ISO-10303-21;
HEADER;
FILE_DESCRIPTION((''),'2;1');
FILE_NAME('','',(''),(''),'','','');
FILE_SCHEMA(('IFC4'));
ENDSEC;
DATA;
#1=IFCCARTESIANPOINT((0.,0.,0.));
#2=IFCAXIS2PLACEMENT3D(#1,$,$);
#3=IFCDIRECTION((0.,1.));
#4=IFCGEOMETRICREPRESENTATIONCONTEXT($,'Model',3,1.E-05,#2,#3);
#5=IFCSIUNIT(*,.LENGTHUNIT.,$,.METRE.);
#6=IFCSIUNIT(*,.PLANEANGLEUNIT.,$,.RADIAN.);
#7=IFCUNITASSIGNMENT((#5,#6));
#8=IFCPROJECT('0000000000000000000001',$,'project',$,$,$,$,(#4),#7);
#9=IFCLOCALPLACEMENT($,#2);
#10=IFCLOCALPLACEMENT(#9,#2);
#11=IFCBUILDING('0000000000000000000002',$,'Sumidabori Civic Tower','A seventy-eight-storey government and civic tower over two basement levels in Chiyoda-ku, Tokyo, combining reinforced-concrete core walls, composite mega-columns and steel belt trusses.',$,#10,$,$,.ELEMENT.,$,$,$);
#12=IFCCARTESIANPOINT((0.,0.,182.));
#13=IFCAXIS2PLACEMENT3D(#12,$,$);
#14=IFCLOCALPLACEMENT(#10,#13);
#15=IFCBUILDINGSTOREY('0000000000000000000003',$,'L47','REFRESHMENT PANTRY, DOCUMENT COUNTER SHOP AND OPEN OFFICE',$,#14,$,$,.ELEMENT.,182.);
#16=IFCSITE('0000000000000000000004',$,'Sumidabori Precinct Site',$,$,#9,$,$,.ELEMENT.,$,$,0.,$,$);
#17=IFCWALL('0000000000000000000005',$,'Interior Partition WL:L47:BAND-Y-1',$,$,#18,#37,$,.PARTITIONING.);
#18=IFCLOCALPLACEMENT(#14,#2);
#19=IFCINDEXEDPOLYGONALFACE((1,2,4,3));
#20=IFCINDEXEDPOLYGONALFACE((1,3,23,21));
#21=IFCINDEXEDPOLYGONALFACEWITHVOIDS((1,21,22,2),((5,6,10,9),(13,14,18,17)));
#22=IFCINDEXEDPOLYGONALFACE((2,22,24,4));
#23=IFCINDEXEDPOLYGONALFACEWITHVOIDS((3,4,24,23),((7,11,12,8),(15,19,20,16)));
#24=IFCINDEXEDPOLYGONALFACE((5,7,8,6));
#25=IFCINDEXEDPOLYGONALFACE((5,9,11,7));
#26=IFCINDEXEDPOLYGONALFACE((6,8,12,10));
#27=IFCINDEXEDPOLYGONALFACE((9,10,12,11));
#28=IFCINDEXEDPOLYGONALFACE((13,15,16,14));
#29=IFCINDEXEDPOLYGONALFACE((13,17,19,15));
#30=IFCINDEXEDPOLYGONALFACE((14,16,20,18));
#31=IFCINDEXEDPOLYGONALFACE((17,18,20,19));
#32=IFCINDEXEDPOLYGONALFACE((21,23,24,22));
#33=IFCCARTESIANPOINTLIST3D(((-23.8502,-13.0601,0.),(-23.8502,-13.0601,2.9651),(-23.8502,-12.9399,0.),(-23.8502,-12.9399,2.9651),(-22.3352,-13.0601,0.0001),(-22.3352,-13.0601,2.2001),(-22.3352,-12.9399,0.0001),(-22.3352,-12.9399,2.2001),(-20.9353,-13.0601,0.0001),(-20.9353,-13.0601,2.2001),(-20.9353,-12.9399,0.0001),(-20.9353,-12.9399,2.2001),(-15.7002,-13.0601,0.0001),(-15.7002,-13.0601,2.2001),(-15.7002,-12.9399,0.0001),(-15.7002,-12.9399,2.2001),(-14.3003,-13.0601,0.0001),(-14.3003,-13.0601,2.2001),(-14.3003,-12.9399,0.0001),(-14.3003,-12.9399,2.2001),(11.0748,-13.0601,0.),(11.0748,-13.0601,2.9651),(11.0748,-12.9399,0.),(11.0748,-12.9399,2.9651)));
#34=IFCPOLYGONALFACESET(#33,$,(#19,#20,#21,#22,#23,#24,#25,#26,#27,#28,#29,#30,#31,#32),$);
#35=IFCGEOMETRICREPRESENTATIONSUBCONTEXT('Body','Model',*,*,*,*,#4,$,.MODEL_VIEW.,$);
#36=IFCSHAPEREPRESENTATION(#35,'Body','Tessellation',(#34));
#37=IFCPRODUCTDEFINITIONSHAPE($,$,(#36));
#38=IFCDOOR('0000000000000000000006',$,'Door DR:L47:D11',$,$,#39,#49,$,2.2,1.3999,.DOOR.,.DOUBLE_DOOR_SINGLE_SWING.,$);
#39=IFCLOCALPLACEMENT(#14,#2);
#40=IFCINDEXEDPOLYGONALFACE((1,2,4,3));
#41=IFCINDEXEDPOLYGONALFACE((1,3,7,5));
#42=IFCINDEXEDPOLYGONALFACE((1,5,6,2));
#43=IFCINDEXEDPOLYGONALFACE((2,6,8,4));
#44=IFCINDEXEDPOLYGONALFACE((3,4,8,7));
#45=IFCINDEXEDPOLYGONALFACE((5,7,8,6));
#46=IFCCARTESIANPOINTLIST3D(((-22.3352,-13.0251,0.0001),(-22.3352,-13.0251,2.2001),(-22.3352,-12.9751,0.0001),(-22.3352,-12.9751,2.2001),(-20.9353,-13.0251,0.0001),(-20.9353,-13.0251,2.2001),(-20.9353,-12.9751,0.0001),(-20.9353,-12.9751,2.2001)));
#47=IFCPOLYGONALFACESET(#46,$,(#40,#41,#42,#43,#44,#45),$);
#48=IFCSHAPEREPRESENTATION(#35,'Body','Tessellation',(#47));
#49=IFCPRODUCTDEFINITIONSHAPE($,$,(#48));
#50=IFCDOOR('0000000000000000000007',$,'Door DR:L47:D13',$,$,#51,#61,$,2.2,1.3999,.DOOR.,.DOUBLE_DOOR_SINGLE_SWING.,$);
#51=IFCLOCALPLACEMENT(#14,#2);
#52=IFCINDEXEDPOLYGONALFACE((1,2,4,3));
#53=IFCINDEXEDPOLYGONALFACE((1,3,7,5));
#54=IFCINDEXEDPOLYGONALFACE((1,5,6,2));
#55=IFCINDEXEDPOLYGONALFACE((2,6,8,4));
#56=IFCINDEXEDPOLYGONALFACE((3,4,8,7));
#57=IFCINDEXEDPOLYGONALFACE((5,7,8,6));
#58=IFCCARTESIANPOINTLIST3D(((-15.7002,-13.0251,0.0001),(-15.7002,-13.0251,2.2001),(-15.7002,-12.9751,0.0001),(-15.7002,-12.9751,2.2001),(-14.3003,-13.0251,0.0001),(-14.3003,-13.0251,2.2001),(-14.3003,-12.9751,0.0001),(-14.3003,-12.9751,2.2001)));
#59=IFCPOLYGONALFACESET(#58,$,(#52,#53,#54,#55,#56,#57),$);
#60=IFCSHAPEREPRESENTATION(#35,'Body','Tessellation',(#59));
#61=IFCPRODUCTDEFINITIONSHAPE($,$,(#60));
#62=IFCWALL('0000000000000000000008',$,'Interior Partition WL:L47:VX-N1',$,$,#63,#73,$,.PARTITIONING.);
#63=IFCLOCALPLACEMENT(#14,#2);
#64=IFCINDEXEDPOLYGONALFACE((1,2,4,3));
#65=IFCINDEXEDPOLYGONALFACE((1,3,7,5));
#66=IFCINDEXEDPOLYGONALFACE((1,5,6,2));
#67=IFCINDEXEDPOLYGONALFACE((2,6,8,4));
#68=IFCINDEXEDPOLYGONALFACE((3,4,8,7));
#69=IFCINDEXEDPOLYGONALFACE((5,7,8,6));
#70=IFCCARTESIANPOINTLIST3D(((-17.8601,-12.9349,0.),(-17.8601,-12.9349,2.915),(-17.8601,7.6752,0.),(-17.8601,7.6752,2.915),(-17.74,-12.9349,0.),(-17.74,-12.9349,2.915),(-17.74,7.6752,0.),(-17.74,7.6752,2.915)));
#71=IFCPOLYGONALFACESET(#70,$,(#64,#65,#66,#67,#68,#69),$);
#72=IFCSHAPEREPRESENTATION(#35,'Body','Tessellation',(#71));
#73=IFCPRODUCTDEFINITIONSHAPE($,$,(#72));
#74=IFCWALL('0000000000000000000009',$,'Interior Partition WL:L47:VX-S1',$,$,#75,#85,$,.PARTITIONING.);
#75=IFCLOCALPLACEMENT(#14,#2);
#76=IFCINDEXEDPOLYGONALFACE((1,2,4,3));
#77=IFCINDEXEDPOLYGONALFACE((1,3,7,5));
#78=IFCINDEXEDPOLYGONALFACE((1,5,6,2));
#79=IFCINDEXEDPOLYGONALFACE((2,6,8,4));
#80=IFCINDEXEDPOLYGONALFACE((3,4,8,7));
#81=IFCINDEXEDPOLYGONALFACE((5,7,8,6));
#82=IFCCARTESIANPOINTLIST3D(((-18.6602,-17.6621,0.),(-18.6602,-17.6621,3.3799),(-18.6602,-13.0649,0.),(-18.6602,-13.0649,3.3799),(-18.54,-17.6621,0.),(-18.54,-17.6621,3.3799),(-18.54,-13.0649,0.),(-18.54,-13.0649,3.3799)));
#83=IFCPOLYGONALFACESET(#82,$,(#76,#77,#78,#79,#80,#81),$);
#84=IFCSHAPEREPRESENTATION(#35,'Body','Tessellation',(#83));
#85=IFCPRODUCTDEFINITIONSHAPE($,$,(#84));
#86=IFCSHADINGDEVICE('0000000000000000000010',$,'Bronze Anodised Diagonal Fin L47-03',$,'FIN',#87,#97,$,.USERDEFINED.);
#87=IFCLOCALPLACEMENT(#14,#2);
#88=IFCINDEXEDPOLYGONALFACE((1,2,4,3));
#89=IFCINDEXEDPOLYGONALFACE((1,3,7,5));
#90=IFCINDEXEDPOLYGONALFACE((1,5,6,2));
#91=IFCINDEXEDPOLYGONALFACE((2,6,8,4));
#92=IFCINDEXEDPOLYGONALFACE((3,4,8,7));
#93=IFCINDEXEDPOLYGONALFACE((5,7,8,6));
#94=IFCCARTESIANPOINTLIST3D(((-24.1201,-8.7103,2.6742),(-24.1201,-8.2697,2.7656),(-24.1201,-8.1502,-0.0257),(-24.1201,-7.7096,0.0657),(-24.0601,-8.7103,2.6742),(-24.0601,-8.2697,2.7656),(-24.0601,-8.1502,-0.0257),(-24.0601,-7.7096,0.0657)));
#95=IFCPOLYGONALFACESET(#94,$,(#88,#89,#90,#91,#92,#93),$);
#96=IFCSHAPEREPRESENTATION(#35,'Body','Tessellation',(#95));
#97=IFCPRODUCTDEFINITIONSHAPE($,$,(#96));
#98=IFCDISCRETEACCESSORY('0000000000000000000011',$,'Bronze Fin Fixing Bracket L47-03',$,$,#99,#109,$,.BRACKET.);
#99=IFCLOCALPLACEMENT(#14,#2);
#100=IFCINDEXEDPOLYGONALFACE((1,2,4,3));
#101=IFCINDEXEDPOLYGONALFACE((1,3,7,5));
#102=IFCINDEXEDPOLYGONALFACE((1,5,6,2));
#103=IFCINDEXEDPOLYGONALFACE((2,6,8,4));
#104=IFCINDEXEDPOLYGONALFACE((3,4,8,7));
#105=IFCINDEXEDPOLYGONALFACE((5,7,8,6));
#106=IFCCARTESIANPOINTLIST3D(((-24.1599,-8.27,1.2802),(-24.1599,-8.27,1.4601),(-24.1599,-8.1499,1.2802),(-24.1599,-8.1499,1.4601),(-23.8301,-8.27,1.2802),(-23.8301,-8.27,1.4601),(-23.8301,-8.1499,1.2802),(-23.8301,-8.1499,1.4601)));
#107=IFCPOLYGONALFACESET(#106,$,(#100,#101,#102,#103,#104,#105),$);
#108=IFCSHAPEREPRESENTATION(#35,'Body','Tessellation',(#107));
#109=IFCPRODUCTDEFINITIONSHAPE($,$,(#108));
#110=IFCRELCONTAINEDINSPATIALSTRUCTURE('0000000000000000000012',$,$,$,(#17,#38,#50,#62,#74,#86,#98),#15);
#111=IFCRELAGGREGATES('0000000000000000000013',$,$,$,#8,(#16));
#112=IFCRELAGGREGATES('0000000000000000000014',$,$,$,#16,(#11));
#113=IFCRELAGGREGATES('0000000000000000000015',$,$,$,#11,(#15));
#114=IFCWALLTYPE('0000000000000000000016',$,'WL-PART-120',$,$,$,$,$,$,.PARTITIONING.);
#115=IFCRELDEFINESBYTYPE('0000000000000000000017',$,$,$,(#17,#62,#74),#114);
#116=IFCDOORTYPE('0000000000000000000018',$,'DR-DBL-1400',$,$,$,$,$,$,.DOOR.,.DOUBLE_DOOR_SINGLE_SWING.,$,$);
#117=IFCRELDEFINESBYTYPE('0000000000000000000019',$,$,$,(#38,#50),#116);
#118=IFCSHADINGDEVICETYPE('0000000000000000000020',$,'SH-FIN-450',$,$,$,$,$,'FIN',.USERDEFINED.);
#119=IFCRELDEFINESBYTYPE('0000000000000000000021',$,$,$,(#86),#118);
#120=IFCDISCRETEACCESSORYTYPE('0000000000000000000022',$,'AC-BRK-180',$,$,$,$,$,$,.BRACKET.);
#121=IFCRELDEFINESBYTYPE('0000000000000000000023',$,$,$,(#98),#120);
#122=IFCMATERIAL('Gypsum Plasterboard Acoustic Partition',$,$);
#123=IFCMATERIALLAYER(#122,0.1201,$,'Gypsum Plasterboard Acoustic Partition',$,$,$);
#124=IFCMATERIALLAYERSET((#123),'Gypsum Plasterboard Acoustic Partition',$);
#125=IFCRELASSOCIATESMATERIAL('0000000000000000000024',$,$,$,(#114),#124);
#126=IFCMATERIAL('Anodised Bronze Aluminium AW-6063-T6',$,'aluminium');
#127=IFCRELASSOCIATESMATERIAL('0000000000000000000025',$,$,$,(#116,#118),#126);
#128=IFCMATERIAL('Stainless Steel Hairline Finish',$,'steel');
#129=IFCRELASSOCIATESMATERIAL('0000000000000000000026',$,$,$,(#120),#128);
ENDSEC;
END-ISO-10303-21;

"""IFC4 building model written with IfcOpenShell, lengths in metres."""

from ifc_helpers import new_model, si_unit, direction, frame, frame_2d, origin, origin_2d, place, context, subcontext, project, spatial, rectangle, extrude, source, transform, mapped, material, layer, layer_set, material_profile, profile_set, type_object, element, fill, save


model = new_model("IFC4")

# Units and contexts
model_context = context("Model", 3, precision=1e-05, world=origin(), true_north=direction((0.0, 1.0)))
body_context = subcontext(model_context, "Body", "Model", "MODEL_VIEW")
ifc_project = project(units=[si_unit("LENGTHUNIT", "METRE"), si_unit("PLANEANGLEUNIT", "RADIAN")], contexts=[model_context])

# Site, building, storey
site_placement = place(None, origin())
site = spatial("IfcSite", under=ifc_project, at=site_placement, Name="Sumidabori Precinct Site", CompositionType="ELEMENT", RefElevation=0.0)
building_placement = place(site_placement, origin())
building = spatial("IfcBuilding", under=site, at=building_placement, Name="Sumidabori Civic Tower", Description="A seventy-eight-storey government and civic tower over two basement levels in Chiyoda-ku, Tokyo, combining reinforced-concrete core walls, composite mega-columns and steel belt trusses.", CompositionType="ELEMENT")
storey_placement = place(building_placement, frame((0.0, 0.0, 182.0)))
storey = spatial("IfcBuildingStorey", under=building, at=storey_placement, Name="L47", Description="REFRESHMENT PANTRY, DOCUMENT COUNTER SHOP AND OPEN OFFICE", CompositionType="ELEMENT", Elevation=182.0)

# Shared definitions
ifc_material_1 = material(Name="Anodised Bronze Aluminium AW-6063-T6", Category="aluminium")

# Wall, openings, doors
ifc_material_2 = material(Name="Gypsum Plasterboard Acoustic Partition")
ifc_layer_1 = layer(ifc_material_2, 0.1201, Name="Gypsum Plasterboard Acoustic Partition")
ifc_layer_set_1 = layer_set([ifc_layer_1], Name="Gypsum Plasterboard Acoustic Partition")
wall_type_1 = type_object("IfcWallType", Name="WL-PART-120", PredefinedType="PARTITIONING", material=ifc_layer_set_1)
shared_shape_1 = source(origin(), body_context, "Body", "SweptSolid", [
    extrude(rectangle(XDim=34.925, YDim=0.1201, at=frame_2d((17.4624, 0.0))), origin(), (0.0, 0.0, 1.0), 2.9651),
])
wall_1_placement = place(storey_placement, frame((-23.8501, -13.0, 0.0), z_axis=(0.0, 0.0, 1.0), x_axis=(1.0, 0.0, 0.0)))
wall_1 = element("IfcWall", 1, at=wall_1_placement, inside=storey, type_object=wall_type_1, Name="Interior Partition WL:L47:BAND-Y-1", PredefinedType="PARTITIONING", context=body_context, shape_type="MappedRepresentation", body=[
    mapped(shared_shape_1, transform((0.0, 0.0, 0.0), x_axis=(1.0, 0.0, 0.0), y_axis=(0.0, 1.0, 0.0), z_axis=(0.0, 0.0, 1.0), scale=1.0)),
])
opening_1_placement = place(wall_1_placement, frame((1.5149, 0.0, 0.0)))
opening_1 = element("IfcOpeningElement", 2, at=opening_1_placement, cuts=wall_1, PredefinedType="OPENING", context=body_context, shape_type="SweptSolid", body=[
    extrude(rectangle(XDim=1.3999, YDim=2.2, at=frame_2d((0.7, 1.1001))), frame((0.0, 0.072, 0.0), z_axis=(0.0, -1.0, 0.0), x_axis=(1.0, 0.0, 0.0)), (0.0, 0.0, 1.0), 0.144),
])
opening_2_placement = place(wall_1_placement, frame((8.1499, 0.0, 0.0)))
opening_2 = element("IfcOpeningElement", 3, at=opening_2_placement, cuts=wall_1, PredefinedType="OPENING", context=body_context, shape_type="SweptSolid", body=[
    extrude(rectangle(XDim=1.3999, YDim=2.2, at=frame_2d((0.7, 1.1001))), frame((0.0, 0.072, 0.0), z_axis=(0.0, -1.0, 0.0), x_axis=(1.0, 0.0, 0.0)), (0.0, 0.0, 1.0), 0.144),
])
door_type = type_object("IfcDoorType", Name="DR-DBL-1400", OperationType="DOUBLE_DOOR_SINGLE_SWING", PredefinedType="DOOR", material=ifc_material_1)
shared_shape_2 = source(origin(), body_context, "Body", "SweptSolid", [
    extrude(rectangle(XDim=1.3999, YDim=2.2, at=frame_2d((0.7, 1.1001))), frame((0.0, 0.0249, 0.0), z_axis=(0.0, -1.0, 0.0), x_axis=(1.0, 0.0, 0.0)), (0.0, 0.0, 1.0), 0.05),
])
door_1_placement = place(opening_1_placement, origin())
door_1 = element("IfcDoor", 4, at=door_1_placement, inside=storey, type_object=door_type, Name="Door DR:L47:D11", OperationType="DOUBLE_DOOR_SINGLE_SWING", OverallHeight=2.2, OverallWidth=1.3999, PredefinedType="DOOR", context=body_context, shape_type="MappedRepresentation", body=[
    mapped(shared_shape_2, transform((0.0, 0.0, 0.0), x_axis=(1.0, 0.0, 0.0), y_axis=(0.0, 1.0, 0.0), z_axis=(0.0, 0.0, 1.0), scale=1.0)),
])
fill(opening_1, door_1)
door_2_placement = place(opening_2_placement, origin())
door_2 = element("IfcDoor", 5, at=door_2_placement, inside=storey, type_object=door_type, Name="Door DR:L47:D13", OperationType="DOUBLE_DOOR_SINGLE_SWING", OverallHeight=2.2, OverallWidth=1.3999, PredefinedType="DOOR", context=body_context, shape_type="MappedRepresentation", body=[
    mapped(shared_shape_2, transform((0.0, 0.0, 0.0), x_axis=(1.0, 0.0, 0.0), y_axis=(0.0, 1.0, 0.0), z_axis=(0.0, 0.0, 1.0), scale=1.0)),
])
fill(opening_2, door_2)

# Walls
shared_shape_3 = source(origin(), body_context, "Body", "SweptSolid", [
    extrude(rectangle(XDim=20.6101, YDim=0.1201, at=frame_2d((10.3052, 0.0))), origin(), (0.0, 0.0, 1.0), 2.915),
])
wall_2_placement = place(storey_placement, frame((-17.8, -12.9351, 0.0), z_axis=(0.0, 0.0, 1.0), x_axis=(0.0, 1.0, 0.0)))
element("IfcWall", 6, at=wall_2_placement, inside=storey, type_object=wall_type_1, Name="Interior Partition WL:L47:VX-N1", PredefinedType="PARTITIONING", context=body_context, shape_type="MappedRepresentation", body=[
    mapped(shared_shape_3, transform((0.0, 0.0, 0.0), x_axis=(1.0, 0.0, 0.0), y_axis=(0.0, 1.0, 0.0), z_axis=(0.0, 0.0, 1.0), scale=1.0)),
])
shared_shape_4 = source(origin(), body_context, "Body", "SweptSolid", [
    extrude(rectangle(XDim=4.5972, YDim=0.1201, at=frame_2d((2.2986, 0.0))), origin(), (0.0, 0.0, 1.0), 3.3799),
])
wall_3_placement = place(storey_placement, frame((-18.6001, -17.6621, 0.0), z_axis=(0.0, 0.0, 1.0), x_axis=(0.0, 1.0, 0.0)))
element("IfcWall", 7, at=wall_3_placement, inside=storey, type_object=wall_type_1, Name="Interior Partition WL:L47:VX-S1", PredefinedType="PARTITIONING", context=body_context, shape_type="MappedRepresentation", body=[
    mapped(shared_shape_4, transform((0.0, 0.0, 0.0), x_axis=(1.0, 0.0, 0.0), y_axis=(0.0, 1.0, 0.0), z_axis=(0.0, 0.0, 1.0), scale=1.0)),
])

# Shading device
ifc_material_profile_1 = material_profile(ifc_material_1, rectangle(XDim=0.0601, YDim=0.45, at=origin_2d()), Name="BRONZE FIN 450x60")
ifc_profile_set_1 = profile_set([ifc_material_profile_1], Name="Anodised Bronze Aluminium AW-6063-T6")
shading_device_type = type_object("IfcShadingDeviceType", Name="SH-FIN-450", ElementType="FIN", PredefinedType="USERDEFINED", material=ifc_profile_set_1)
shared_shape_5 = source(origin(), body_context, "Body", "SweptSolid", [
    extrude(rectangle(XDim=0.0601, YDim=0.45, at=origin_2d()), origin(), (0.0, 0.0, 1.0), 2.7573),
])
shading_device_placement = place(storey_placement, frame((-24.0901, -7.9299, 0.02), z_axis=(0.0, -0.203109, 0.979156), x_axis=(-1.0, 0.0, 0.0)))
element("IfcShadingDevice", 8, at=shading_device_placement, inside=storey, type_object=shading_device_type, Name="Bronze Anodised Diagonal Fin L47-03", ObjectType="FIN", PredefinedType="USERDEFINED", context=body_context, shape_type="MappedRepresentation", body=[
    mapped(shared_shape_5, transform((0.0, 0.0, 0.0), x_axis=(1.0, 0.0, 0.0), y_axis=(0.0, 1.0, 0.0), z_axis=(0.0, 0.0, 1.0), scale=1.0)),
])

# Discrete accessory
ifc_material_3 = material(Name="Stainless Steel Hairline Finish", Category="steel")
ifc_material_profile_2 = material_profile(ifc_material_3, rectangle(XDim=0.1201, YDim=0.1799, at=origin_2d()), Name="STEEL BRACKET 180x120")
ifc_profile_set_2 = profile_set([ifc_material_profile_2], Name="Stainless Steel Hairline Finish")
discrete_accessory_type = type_object("IfcDiscreteAccessoryType", Name="AC-BRK-180", PredefinedType="BRACKET", material=ifc_profile_set_2)
shared_shape_6 = source(origin(), body_context, "Body", "SweptSolid", [
    extrude(rectangle(XDim=0.1201, YDim=0.1799, at=origin_2d()), origin(), (0.0, 0.0, 1.0), 0.3298),
])
discrete_accessory_placement = place(storey_placement, frame((-23.8301, -8.21, 1.3701), z_axis=(-1.0, 0.0, 0.0), x_axis=(0.0, -1.0, 0.0)))
element("IfcDiscreteAccessory", 9, at=discrete_accessory_placement, inside=storey, type_object=discrete_accessory_type, Name="Bronze Fin Fixing Bracket L47-03", PredefinedType="BRACKET", context=body_context, shape_type="MappedRepresentation", body=[
    mapped(shared_shape_6, transform((0.0, 0.0, 0.0), x_axis=(1.0, 0.0, 0.0), y_axis=(0.0, 1.0, 0.0), z_axis=(0.0, 0.0, 1.0), scale=1.0)),
])

save(model, "model.ifc")
